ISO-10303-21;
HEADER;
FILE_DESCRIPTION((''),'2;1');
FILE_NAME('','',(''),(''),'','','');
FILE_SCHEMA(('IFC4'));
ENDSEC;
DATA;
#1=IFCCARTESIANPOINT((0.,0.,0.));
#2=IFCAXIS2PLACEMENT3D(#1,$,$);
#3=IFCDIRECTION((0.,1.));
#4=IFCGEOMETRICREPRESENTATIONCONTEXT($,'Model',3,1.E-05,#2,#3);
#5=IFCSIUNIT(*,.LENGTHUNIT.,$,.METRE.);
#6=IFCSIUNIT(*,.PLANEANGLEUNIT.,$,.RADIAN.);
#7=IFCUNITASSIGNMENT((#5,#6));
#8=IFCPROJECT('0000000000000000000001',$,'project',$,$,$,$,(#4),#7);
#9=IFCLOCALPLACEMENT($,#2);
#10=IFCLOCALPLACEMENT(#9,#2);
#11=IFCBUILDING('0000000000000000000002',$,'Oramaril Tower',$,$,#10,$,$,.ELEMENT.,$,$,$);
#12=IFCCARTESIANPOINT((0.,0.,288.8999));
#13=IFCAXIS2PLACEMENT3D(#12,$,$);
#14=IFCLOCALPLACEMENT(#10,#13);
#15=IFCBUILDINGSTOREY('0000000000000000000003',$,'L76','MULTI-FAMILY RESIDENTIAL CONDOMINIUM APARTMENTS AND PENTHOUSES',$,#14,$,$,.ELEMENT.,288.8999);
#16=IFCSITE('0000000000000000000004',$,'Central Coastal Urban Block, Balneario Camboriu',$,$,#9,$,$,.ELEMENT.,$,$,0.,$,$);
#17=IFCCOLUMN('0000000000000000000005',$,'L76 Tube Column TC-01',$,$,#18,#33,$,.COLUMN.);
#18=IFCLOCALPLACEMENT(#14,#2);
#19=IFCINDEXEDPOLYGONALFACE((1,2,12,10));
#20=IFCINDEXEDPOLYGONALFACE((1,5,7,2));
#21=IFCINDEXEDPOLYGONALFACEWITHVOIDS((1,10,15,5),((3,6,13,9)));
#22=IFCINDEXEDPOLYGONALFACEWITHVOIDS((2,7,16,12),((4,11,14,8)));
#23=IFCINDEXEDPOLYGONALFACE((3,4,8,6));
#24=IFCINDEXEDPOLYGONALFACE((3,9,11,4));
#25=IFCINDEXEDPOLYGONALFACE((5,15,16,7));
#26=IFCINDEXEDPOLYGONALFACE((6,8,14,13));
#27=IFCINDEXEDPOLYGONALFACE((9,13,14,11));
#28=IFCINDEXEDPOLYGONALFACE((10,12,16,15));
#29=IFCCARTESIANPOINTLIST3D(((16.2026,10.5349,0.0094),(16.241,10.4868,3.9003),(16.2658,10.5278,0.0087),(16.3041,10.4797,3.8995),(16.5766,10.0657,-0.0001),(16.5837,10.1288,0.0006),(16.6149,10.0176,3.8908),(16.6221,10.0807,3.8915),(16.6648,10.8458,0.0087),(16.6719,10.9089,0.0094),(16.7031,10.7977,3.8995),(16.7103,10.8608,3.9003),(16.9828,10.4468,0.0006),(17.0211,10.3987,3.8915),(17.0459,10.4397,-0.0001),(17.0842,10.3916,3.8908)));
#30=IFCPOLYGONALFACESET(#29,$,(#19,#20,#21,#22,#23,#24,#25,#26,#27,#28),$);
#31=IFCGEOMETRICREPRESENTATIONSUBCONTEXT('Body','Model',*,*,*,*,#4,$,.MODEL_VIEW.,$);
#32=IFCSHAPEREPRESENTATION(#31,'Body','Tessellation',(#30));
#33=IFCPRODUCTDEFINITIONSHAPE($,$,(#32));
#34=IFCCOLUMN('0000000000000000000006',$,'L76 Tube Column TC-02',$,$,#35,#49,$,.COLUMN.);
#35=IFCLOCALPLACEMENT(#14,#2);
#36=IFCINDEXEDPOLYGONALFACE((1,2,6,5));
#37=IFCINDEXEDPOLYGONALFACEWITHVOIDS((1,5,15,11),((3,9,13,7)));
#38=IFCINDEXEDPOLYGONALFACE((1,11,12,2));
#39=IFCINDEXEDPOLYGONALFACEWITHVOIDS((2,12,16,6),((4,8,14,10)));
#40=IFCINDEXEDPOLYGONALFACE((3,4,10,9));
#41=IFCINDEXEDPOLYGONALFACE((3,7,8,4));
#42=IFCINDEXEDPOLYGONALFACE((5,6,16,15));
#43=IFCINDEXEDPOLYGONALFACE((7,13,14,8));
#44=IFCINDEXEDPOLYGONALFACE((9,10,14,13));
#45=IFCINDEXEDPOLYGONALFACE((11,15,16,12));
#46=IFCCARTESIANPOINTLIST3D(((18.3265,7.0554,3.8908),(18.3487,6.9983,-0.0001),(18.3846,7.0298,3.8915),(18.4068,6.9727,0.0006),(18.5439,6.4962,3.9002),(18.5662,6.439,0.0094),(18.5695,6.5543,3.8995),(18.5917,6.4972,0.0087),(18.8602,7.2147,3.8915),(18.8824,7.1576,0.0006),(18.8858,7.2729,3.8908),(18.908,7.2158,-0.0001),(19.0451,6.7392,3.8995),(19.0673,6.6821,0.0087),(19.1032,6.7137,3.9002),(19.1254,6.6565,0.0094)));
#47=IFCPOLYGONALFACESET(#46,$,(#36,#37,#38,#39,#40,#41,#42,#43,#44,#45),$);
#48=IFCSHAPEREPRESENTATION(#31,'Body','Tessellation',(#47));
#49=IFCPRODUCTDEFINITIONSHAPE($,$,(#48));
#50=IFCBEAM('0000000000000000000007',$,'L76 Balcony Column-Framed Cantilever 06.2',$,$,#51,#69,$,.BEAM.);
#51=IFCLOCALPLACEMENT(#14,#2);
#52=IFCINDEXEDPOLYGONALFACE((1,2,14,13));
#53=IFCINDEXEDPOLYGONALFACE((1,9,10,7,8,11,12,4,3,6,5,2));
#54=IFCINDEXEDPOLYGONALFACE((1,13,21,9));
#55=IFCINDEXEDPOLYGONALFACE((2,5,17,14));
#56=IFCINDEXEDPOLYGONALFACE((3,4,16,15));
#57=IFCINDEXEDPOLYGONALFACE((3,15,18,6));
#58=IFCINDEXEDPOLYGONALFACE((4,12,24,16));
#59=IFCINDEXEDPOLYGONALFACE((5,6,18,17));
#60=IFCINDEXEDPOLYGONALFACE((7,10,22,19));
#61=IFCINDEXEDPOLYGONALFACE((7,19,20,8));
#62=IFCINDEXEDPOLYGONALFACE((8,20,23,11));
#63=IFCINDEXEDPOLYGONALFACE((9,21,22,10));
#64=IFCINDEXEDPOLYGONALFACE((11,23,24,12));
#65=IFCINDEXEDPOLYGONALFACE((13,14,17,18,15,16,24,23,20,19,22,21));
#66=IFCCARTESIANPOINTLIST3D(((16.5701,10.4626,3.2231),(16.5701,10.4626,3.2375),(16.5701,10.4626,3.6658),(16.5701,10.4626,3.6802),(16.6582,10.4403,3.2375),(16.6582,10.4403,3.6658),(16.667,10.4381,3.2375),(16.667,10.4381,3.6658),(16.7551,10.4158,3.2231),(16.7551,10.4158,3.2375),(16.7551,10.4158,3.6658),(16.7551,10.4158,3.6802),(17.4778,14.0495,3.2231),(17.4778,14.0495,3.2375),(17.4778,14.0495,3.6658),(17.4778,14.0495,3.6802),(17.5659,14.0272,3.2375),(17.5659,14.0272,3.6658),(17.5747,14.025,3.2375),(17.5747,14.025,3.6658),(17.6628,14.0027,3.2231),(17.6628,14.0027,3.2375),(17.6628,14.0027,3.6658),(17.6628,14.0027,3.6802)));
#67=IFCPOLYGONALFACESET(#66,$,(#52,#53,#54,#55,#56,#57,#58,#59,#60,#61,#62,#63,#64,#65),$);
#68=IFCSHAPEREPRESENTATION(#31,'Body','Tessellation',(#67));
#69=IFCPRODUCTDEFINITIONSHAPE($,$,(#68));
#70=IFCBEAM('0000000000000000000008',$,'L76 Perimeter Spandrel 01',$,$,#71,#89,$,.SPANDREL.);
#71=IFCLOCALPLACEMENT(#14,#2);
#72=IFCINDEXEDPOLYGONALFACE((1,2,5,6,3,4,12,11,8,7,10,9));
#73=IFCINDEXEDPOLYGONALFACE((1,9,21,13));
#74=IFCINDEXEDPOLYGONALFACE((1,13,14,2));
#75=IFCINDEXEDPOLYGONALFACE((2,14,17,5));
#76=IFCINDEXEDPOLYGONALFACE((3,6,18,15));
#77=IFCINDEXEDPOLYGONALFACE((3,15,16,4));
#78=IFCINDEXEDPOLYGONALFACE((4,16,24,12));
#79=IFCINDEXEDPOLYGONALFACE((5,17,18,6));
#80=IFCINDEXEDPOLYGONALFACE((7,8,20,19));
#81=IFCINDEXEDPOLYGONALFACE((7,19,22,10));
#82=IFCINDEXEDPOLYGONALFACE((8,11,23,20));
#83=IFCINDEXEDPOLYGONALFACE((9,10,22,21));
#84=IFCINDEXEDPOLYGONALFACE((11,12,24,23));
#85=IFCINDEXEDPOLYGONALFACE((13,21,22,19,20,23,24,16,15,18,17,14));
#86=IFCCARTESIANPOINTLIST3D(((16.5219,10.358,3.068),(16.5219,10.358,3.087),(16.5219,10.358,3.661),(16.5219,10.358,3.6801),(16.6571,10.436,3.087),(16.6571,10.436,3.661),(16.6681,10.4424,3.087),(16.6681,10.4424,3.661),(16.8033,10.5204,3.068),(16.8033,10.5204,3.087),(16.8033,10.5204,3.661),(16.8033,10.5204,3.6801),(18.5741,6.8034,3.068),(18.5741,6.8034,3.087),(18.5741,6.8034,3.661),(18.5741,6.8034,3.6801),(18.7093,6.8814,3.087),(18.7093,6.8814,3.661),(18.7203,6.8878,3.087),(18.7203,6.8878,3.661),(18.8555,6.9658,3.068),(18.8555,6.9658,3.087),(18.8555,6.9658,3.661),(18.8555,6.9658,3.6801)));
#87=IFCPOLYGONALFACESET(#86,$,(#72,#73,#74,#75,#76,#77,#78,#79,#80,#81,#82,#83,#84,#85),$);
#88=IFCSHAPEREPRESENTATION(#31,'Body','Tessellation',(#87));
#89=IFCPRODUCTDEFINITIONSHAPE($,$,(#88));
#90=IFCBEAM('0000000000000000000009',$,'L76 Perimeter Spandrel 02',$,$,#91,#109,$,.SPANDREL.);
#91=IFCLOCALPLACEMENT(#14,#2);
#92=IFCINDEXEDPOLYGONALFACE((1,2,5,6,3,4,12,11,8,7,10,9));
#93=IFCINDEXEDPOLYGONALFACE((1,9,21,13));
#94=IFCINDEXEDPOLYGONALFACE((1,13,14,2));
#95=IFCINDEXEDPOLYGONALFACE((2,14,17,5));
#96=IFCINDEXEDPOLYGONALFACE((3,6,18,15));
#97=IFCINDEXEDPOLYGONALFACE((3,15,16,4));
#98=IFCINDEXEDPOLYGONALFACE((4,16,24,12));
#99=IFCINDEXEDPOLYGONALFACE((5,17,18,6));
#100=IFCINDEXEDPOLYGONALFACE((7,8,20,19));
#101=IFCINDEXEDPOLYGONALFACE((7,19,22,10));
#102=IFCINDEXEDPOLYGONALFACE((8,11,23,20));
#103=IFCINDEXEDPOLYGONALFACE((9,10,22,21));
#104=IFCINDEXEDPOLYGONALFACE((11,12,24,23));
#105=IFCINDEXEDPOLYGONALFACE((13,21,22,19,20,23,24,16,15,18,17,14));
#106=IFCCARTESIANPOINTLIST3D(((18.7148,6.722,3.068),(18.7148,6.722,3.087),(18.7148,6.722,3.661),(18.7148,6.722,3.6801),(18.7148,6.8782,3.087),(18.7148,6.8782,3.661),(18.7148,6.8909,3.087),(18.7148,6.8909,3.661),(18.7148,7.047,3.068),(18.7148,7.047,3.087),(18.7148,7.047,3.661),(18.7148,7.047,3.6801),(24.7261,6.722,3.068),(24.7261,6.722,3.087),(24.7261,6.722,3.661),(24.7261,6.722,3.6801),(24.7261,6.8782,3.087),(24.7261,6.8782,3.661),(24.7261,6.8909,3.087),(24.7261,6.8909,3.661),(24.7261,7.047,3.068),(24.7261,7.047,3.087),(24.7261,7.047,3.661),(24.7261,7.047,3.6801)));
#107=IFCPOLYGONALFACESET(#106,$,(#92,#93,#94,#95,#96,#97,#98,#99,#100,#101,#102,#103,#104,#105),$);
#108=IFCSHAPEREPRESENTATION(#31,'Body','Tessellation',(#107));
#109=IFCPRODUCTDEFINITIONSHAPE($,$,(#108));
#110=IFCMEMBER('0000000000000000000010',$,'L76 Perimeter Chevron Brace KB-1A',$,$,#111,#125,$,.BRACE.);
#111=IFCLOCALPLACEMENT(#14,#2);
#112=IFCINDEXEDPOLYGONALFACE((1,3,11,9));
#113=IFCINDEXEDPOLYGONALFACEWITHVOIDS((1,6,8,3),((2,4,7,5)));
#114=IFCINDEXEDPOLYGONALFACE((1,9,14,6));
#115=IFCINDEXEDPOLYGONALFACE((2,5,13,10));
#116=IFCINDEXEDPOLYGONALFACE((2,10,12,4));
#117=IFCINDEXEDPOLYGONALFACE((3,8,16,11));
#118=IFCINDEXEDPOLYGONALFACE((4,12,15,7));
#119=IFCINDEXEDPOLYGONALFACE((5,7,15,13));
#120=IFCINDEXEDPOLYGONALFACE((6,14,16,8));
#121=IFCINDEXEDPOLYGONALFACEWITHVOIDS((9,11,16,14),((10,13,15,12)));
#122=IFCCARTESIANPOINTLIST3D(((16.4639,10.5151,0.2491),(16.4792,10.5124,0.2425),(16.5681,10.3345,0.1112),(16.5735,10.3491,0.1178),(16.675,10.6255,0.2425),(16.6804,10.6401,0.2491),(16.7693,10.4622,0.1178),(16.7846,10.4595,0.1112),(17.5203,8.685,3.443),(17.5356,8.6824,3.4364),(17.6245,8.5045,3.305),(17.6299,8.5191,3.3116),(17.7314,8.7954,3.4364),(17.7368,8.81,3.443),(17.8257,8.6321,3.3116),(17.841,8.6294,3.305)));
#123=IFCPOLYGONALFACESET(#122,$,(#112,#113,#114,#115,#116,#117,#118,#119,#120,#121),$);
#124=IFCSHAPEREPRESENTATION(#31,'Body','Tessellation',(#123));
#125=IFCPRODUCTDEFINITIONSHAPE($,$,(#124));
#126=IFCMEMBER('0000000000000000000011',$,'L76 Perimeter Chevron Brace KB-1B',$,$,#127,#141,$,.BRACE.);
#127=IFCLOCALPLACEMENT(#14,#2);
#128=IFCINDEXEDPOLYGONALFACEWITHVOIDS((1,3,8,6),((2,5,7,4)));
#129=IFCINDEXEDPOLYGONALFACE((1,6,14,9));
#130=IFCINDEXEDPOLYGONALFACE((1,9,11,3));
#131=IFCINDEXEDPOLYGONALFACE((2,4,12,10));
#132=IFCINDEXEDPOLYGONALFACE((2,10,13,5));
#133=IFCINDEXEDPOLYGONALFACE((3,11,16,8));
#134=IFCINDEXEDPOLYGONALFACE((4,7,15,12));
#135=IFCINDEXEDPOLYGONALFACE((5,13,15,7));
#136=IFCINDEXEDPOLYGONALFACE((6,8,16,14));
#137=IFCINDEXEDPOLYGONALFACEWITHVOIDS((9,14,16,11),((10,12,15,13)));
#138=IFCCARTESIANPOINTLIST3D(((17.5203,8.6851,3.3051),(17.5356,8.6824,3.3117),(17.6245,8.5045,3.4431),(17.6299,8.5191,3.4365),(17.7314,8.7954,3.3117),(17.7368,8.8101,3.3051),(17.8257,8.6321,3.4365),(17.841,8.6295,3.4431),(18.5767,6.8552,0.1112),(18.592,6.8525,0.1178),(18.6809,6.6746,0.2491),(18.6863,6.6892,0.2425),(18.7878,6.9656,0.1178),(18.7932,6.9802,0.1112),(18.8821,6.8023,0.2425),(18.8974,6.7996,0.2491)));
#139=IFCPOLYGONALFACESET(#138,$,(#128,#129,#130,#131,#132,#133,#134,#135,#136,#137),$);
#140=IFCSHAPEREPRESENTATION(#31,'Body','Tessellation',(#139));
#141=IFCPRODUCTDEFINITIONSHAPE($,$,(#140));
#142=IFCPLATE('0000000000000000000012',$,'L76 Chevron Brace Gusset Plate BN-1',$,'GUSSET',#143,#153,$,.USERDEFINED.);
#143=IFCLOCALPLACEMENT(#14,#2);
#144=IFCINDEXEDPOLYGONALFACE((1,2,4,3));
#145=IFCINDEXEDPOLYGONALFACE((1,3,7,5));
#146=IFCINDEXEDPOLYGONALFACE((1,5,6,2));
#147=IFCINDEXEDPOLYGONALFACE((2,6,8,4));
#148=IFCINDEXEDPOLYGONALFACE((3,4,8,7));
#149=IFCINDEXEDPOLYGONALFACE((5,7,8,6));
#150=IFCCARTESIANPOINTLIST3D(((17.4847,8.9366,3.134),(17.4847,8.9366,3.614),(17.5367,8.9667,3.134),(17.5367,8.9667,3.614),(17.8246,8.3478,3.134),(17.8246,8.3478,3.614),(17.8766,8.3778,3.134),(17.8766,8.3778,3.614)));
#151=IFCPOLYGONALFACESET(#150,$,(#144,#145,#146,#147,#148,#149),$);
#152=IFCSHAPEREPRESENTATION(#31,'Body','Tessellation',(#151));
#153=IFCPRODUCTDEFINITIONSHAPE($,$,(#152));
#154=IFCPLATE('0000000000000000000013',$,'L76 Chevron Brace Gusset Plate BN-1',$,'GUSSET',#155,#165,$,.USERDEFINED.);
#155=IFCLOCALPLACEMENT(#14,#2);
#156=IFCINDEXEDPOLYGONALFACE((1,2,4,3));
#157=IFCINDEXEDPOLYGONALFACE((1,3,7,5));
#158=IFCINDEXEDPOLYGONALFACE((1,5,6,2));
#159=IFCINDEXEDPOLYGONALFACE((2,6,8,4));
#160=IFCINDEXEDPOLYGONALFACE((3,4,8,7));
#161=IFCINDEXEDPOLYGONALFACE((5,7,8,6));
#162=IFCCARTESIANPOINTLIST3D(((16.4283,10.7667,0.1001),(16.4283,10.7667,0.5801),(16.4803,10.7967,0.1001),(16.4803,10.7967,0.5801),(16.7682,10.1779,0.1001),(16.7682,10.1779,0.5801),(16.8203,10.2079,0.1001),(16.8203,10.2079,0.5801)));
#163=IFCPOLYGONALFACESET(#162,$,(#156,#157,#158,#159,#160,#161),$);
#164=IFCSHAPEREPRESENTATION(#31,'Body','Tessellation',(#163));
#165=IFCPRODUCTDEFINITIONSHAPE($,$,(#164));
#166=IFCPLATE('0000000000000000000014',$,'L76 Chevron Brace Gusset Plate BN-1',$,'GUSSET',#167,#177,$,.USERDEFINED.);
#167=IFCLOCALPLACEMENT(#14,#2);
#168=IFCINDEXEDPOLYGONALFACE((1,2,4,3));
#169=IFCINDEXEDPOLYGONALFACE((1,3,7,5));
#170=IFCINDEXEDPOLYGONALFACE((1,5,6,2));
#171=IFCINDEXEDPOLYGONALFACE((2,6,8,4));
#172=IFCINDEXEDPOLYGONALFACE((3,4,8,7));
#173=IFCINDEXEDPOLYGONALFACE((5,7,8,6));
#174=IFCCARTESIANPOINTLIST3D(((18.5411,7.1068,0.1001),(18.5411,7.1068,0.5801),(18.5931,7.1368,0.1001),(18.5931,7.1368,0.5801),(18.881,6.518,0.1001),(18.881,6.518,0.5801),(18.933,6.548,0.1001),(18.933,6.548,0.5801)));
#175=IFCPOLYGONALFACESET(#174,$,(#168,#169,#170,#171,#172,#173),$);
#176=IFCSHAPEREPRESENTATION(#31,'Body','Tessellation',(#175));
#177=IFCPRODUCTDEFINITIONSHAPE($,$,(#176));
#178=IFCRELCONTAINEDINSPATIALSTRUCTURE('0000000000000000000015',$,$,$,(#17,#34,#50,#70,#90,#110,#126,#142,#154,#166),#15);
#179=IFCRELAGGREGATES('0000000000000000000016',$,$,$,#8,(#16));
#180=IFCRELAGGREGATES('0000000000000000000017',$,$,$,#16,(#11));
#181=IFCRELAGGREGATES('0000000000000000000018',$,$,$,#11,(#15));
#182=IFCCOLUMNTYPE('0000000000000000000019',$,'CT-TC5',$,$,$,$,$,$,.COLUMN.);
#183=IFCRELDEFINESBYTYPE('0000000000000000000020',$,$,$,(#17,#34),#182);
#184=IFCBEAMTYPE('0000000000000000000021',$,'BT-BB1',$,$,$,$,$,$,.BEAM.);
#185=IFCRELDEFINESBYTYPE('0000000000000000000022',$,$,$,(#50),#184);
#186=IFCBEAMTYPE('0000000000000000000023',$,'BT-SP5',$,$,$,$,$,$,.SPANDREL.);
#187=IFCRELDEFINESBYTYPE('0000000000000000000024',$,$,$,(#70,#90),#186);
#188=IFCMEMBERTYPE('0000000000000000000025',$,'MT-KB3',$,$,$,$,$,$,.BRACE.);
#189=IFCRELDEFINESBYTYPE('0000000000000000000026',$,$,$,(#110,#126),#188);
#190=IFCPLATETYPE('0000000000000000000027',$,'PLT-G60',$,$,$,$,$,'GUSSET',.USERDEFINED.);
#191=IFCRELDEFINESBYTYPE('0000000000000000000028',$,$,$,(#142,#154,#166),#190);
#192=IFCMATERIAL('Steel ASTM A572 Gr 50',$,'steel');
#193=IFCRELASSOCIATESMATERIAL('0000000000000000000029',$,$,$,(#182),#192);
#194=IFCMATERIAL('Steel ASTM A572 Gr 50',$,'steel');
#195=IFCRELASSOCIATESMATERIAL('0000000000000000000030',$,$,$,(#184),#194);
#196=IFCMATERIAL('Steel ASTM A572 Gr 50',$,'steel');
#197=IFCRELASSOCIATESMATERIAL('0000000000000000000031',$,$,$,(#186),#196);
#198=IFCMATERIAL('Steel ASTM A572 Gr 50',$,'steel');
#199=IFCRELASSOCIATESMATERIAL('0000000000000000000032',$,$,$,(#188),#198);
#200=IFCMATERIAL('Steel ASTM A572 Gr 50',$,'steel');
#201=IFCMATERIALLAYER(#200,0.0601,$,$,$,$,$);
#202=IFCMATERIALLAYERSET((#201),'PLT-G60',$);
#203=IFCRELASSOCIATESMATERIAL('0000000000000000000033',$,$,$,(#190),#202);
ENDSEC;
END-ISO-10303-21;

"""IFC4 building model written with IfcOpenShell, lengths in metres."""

from ifc_helpers import new_model, si_unit, direction, frame, origin, origin_2d, place, context, subcontext, project, spatial, rectangle, hollow_rectangle, i_section, extrude, material, layer, layer_set, material_profile, profile_set, type_object, element, save


model = new_model("IFC4")

# Units and contexts
model_context = context("Model", 3, precision=1e-05, world=origin(), true_north=direction((0.0, 1.0)))
body_context = subcontext(model_context, "Body", "Model", "MODEL_VIEW")
ifc_project = project(units=[si_unit("LENGTHUNIT", "METRE"), si_unit("PLANEANGLEUNIT", "RADIAN")], contexts=[model_context])

# Site, building, storey
site_placement = place(None, origin())
site = spatial("IfcSite", under=ifc_project, at=site_placement, Name="Central Coastal Urban Block, Balneario Camboriu", CompositionType="ELEMENT", RefElevation=0.0)
building_placement = place(site_placement, origin())
building = spatial("IfcBuilding", under=site, at=building_placement, Name="Oramaril Tower", CompositionType="ELEMENT")
storey_placement = place(building_placement, frame((0.0, 0.0, 288.8999)))
storey = spatial("IfcBuildingStorey", under=building, at=storey_placement, Name="L76", Description="MULTI-FAMILY RESIDENTIAL CONDOMINIUM APARTMENTS AND PENTHOUSES", CompositionType="ELEMENT", Elevation=288.8999)

# Columns
ifc_material_1 = material(Name="Steel ASTM A572 Gr 50", Category="steel")
ifc_material_profile_1 = material_profile(ifc_material_1, hollow_rectangle(XDim=0.6001, YDim=0.6001, WallThickness=0.0449, at=origin_2d()), Name="BOX600X600X45")
ifc_profile_set_1 = profile_set([ifc_material_profile_1], Name="Steel ASTM A572 Gr 50")
column_type = type_object("IfcColumnType", Name="CT-TC5", PredefinedType="COLUMN", material=ifc_profile_set_1)
for number, where, z_axis, x_axis, name in (
    (1, (16.6243, 10.4873, 0.0046), (0.00985, -0.01236, 0.999875), (0.782029, 0.623242, 0.0), "L76 Tube Column TC-01"),
    (2, (18.7371, 6.8274, 0.0046), (-0.005709, 0.014681, 0.999876), (-0.932005, -0.362446, 0.0), "L76 Tube Column TC-02"),
):
    element("IfcColumn", number, at=place(storey_placement, frame(where, z_axis=z_axis, x_axis=x_axis)), inside=storey, type_object=column_type, Name=name, PredefinedType="COLUMN", context=body_context, shape_type="SweptSolid", body=[
        extrude(hollow_rectangle(XDim=0.6001, YDim=0.6001, WallThickness=0.0449, at=origin_2d()), origin(), (0.0, 0.0, 1.0), 3.8914),
    ])

# Beams
ifc_material_2 = material(Name="Steel ASTM A572 Gr 50", Category="steel")
ifc_material_profile_2 = material_profile(ifc_material_2, i_section(OverallWidth=0.1909, OverallDepth=0.457, WebThickness=0.009, FlangeThickness=0.0144, at=origin_2d()), Name="W18X50")
ifc_profile_set_2 = profile_set([ifc_material_profile_2], Name="Steel ASTM A572 Gr 50")
beam_type_1 = type_object("IfcBeamType", Name="BT-BB1", PredefinedType="BEAM", material=ifc_profile_set_2)
beam_1_placement = place(storey_placement, frame((16.6626, 10.4392, 3.4517), z_axis=(0.245329, 0.96944, 0.0), x_axis=(-0.96944, 0.245329, 0.0)))
element("IfcBeam", 3, at=beam_1_placement, inside=storey, type_object=beam_type_1, Name="L76 Balcony Column-Framed Cantilever 06.2", PredefinedType="BEAM", context=body_context, shape_type="SweptSolid", body=[
    extrude(i_section(OverallWidth=0.1909, OverallDepth=0.457, WebThickness=0.009, FlangeThickness=0.0144, at=origin_2d()), origin(), (0.0, 0.0, 1.0), 3.7),
])
ifc_material_3 = material(Name="Steel ASTM A572 Gr 50", Category="steel")
ifc_material_profile_3 = material_profile(ifc_material_3, i_section(OverallWidth=0.325, OverallDepth=0.6121, WebThickness=0.0127, FlangeThickness=0.019, at=origin_2d()), Name="W24X104")
ifc_profile_set_3 = profile_set([ifc_material_profile_3], Name="Steel ASTM A572 Gr 50")
beam_type_2 = type_object("IfcBeamType", Name="BT-SP5", PredefinedType="SPANDREL", material=ifc_profile_set_3)
beam_2_placement = place(storey_placement, frame((16.6626, 10.4392, 3.374), z_axis=(0.49999, -0.866031, 0.0), x_axis=(0.866031, 0.49999, 0.0)))
element("IfcBeam", 4, at=beam_2_placement, inside=storey, type_object=beam_type_2, Name="L76 Perimeter Spandrel 01", PredefinedType="SPANDREL", context=body_context, shape_type="SweptSolid", body=[
    extrude(i_section(OverallWidth=0.325, OverallDepth=0.6121, WebThickness=0.0127, FlangeThickness=0.019, at=origin_2d()), origin(), (0.0, 0.0, 1.0), 4.1045),
])
beam_3_placement = place(storey_placement, frame((18.7148, 6.8845, 3.374), z_axis=(1.0, 0.0, 0.0), x_axis=(0.0, 1.0, 0.0)))
element("IfcBeam", 5, at=beam_3_placement, inside=storey, type_object=beam_type_2, Name="L76 Perimeter Spandrel 02", PredefinedType="SPANDREL", context=body_context, shape_type="SweptSolid", body=[
    extrude(i_section(OverallWidth=0.325, OverallDepth=0.6121, WebThickness=0.0127, FlangeThickness=0.019, at=origin_2d()), origin(), (0.0, 0.0, 1.0), 6.0112),
])

# Members
ifc_material_4 = material(Name="Steel ASTM A572 Gr 50", Category="steel")
ifc_material_profile_4 = material_profile(ifc_material_4, hollow_rectangle(XDim=0.25, YDim=0.25, WallThickness=0.012, at=origin_2d()), Name="HSS250X250X12")
ifc_profile_set_4 = profile_set([ifc_material_profile_4], Name="Steel ASTM A572 Gr 50")
member_type = type_object("IfcMemberType", Name="MT-KB3", PredefinedType="BRACE", material=ifc_profile_set_4)
for number, where, z_axis, x_axis, name in (
    (6, (16.6243, 10.4873, 0.1802), (0.27585, -0.477877, 0.83399), (0.866066, 0.499929, 0.0), "L76 Perimeter Chevron Brace KB-1A"),
    (7, (18.7371, 6.8274, 0.1802), (-0.275859, 0.477828, 0.834016), (-0.866037, -0.499979, 0.0), "L76 Perimeter Chevron Brace KB-1B"),
):
    element("IfcMember", number, at=place(storey_placement, frame(where, z_axis=z_axis, x_axis=x_axis)), inside=storey, type_object=member_type, Name=name, PredefinedType="BRACE", context=body_context, shape_type="SweptSolid", body=[
        extrude(hollow_rectangle(XDim=0.25, YDim=0.25, WallThickness=0.012, at=origin_2d()), origin(), (0.0, 0.0, 1.0), 3.8296),
    ])

# Plates
ifc_material_5 = material(Name="Steel ASTM A572 Gr 50", Category="steel")
ifc_layer_1 = layer(ifc_material_5, 0.0601)
ifc_layer_set_1 = layer_set([ifc_layer_1], Name="PLT-G60")
plate_type = type_object("IfcPlateType", Name="PLT-G60", ElementType="GUSSET", PredefinedType="USERDEFINED", material=ifc_layer_set_1)
for number, where, z_axis, x_axis, name in (
    (8, (17.6807, 8.6572, 3.134), (0.0, 0.0, 1.0), (0.499985, -0.866034, 0.0), "L76 Chevron Brace Gusset Plate BN-1"),
    (9, (16.6243, 10.4873, 0.1001), (0.0, 0.0, 1.0), (0.499985, -0.866034, 0.0), "L76 Chevron Brace Gusset Plate BN-1"),
    (10, (18.7371, 6.8274, 0.1001), (0.0, 0.0, 1.0), (0.499985, -0.866034, 0.0), "L76 Chevron Brace Gusset Plate BN-1"),
):
    element("IfcPlate", number, at=place(storey_placement, frame(where, z_axis=z_axis, x_axis=x_axis)), inside=storey, type_object=plate_type, Name=name, ObjectType="GUSSET", PredefinedType="USERDEFINED", context=body_context, shape_type="SweptSolid", body=[
        extrude(rectangle(XDim=0.6799, YDim=0.0601, at=origin_2d()), origin(), (0.0, 0.0, 1.0), 0.48),
    ])

save(model, "model.ifc")
